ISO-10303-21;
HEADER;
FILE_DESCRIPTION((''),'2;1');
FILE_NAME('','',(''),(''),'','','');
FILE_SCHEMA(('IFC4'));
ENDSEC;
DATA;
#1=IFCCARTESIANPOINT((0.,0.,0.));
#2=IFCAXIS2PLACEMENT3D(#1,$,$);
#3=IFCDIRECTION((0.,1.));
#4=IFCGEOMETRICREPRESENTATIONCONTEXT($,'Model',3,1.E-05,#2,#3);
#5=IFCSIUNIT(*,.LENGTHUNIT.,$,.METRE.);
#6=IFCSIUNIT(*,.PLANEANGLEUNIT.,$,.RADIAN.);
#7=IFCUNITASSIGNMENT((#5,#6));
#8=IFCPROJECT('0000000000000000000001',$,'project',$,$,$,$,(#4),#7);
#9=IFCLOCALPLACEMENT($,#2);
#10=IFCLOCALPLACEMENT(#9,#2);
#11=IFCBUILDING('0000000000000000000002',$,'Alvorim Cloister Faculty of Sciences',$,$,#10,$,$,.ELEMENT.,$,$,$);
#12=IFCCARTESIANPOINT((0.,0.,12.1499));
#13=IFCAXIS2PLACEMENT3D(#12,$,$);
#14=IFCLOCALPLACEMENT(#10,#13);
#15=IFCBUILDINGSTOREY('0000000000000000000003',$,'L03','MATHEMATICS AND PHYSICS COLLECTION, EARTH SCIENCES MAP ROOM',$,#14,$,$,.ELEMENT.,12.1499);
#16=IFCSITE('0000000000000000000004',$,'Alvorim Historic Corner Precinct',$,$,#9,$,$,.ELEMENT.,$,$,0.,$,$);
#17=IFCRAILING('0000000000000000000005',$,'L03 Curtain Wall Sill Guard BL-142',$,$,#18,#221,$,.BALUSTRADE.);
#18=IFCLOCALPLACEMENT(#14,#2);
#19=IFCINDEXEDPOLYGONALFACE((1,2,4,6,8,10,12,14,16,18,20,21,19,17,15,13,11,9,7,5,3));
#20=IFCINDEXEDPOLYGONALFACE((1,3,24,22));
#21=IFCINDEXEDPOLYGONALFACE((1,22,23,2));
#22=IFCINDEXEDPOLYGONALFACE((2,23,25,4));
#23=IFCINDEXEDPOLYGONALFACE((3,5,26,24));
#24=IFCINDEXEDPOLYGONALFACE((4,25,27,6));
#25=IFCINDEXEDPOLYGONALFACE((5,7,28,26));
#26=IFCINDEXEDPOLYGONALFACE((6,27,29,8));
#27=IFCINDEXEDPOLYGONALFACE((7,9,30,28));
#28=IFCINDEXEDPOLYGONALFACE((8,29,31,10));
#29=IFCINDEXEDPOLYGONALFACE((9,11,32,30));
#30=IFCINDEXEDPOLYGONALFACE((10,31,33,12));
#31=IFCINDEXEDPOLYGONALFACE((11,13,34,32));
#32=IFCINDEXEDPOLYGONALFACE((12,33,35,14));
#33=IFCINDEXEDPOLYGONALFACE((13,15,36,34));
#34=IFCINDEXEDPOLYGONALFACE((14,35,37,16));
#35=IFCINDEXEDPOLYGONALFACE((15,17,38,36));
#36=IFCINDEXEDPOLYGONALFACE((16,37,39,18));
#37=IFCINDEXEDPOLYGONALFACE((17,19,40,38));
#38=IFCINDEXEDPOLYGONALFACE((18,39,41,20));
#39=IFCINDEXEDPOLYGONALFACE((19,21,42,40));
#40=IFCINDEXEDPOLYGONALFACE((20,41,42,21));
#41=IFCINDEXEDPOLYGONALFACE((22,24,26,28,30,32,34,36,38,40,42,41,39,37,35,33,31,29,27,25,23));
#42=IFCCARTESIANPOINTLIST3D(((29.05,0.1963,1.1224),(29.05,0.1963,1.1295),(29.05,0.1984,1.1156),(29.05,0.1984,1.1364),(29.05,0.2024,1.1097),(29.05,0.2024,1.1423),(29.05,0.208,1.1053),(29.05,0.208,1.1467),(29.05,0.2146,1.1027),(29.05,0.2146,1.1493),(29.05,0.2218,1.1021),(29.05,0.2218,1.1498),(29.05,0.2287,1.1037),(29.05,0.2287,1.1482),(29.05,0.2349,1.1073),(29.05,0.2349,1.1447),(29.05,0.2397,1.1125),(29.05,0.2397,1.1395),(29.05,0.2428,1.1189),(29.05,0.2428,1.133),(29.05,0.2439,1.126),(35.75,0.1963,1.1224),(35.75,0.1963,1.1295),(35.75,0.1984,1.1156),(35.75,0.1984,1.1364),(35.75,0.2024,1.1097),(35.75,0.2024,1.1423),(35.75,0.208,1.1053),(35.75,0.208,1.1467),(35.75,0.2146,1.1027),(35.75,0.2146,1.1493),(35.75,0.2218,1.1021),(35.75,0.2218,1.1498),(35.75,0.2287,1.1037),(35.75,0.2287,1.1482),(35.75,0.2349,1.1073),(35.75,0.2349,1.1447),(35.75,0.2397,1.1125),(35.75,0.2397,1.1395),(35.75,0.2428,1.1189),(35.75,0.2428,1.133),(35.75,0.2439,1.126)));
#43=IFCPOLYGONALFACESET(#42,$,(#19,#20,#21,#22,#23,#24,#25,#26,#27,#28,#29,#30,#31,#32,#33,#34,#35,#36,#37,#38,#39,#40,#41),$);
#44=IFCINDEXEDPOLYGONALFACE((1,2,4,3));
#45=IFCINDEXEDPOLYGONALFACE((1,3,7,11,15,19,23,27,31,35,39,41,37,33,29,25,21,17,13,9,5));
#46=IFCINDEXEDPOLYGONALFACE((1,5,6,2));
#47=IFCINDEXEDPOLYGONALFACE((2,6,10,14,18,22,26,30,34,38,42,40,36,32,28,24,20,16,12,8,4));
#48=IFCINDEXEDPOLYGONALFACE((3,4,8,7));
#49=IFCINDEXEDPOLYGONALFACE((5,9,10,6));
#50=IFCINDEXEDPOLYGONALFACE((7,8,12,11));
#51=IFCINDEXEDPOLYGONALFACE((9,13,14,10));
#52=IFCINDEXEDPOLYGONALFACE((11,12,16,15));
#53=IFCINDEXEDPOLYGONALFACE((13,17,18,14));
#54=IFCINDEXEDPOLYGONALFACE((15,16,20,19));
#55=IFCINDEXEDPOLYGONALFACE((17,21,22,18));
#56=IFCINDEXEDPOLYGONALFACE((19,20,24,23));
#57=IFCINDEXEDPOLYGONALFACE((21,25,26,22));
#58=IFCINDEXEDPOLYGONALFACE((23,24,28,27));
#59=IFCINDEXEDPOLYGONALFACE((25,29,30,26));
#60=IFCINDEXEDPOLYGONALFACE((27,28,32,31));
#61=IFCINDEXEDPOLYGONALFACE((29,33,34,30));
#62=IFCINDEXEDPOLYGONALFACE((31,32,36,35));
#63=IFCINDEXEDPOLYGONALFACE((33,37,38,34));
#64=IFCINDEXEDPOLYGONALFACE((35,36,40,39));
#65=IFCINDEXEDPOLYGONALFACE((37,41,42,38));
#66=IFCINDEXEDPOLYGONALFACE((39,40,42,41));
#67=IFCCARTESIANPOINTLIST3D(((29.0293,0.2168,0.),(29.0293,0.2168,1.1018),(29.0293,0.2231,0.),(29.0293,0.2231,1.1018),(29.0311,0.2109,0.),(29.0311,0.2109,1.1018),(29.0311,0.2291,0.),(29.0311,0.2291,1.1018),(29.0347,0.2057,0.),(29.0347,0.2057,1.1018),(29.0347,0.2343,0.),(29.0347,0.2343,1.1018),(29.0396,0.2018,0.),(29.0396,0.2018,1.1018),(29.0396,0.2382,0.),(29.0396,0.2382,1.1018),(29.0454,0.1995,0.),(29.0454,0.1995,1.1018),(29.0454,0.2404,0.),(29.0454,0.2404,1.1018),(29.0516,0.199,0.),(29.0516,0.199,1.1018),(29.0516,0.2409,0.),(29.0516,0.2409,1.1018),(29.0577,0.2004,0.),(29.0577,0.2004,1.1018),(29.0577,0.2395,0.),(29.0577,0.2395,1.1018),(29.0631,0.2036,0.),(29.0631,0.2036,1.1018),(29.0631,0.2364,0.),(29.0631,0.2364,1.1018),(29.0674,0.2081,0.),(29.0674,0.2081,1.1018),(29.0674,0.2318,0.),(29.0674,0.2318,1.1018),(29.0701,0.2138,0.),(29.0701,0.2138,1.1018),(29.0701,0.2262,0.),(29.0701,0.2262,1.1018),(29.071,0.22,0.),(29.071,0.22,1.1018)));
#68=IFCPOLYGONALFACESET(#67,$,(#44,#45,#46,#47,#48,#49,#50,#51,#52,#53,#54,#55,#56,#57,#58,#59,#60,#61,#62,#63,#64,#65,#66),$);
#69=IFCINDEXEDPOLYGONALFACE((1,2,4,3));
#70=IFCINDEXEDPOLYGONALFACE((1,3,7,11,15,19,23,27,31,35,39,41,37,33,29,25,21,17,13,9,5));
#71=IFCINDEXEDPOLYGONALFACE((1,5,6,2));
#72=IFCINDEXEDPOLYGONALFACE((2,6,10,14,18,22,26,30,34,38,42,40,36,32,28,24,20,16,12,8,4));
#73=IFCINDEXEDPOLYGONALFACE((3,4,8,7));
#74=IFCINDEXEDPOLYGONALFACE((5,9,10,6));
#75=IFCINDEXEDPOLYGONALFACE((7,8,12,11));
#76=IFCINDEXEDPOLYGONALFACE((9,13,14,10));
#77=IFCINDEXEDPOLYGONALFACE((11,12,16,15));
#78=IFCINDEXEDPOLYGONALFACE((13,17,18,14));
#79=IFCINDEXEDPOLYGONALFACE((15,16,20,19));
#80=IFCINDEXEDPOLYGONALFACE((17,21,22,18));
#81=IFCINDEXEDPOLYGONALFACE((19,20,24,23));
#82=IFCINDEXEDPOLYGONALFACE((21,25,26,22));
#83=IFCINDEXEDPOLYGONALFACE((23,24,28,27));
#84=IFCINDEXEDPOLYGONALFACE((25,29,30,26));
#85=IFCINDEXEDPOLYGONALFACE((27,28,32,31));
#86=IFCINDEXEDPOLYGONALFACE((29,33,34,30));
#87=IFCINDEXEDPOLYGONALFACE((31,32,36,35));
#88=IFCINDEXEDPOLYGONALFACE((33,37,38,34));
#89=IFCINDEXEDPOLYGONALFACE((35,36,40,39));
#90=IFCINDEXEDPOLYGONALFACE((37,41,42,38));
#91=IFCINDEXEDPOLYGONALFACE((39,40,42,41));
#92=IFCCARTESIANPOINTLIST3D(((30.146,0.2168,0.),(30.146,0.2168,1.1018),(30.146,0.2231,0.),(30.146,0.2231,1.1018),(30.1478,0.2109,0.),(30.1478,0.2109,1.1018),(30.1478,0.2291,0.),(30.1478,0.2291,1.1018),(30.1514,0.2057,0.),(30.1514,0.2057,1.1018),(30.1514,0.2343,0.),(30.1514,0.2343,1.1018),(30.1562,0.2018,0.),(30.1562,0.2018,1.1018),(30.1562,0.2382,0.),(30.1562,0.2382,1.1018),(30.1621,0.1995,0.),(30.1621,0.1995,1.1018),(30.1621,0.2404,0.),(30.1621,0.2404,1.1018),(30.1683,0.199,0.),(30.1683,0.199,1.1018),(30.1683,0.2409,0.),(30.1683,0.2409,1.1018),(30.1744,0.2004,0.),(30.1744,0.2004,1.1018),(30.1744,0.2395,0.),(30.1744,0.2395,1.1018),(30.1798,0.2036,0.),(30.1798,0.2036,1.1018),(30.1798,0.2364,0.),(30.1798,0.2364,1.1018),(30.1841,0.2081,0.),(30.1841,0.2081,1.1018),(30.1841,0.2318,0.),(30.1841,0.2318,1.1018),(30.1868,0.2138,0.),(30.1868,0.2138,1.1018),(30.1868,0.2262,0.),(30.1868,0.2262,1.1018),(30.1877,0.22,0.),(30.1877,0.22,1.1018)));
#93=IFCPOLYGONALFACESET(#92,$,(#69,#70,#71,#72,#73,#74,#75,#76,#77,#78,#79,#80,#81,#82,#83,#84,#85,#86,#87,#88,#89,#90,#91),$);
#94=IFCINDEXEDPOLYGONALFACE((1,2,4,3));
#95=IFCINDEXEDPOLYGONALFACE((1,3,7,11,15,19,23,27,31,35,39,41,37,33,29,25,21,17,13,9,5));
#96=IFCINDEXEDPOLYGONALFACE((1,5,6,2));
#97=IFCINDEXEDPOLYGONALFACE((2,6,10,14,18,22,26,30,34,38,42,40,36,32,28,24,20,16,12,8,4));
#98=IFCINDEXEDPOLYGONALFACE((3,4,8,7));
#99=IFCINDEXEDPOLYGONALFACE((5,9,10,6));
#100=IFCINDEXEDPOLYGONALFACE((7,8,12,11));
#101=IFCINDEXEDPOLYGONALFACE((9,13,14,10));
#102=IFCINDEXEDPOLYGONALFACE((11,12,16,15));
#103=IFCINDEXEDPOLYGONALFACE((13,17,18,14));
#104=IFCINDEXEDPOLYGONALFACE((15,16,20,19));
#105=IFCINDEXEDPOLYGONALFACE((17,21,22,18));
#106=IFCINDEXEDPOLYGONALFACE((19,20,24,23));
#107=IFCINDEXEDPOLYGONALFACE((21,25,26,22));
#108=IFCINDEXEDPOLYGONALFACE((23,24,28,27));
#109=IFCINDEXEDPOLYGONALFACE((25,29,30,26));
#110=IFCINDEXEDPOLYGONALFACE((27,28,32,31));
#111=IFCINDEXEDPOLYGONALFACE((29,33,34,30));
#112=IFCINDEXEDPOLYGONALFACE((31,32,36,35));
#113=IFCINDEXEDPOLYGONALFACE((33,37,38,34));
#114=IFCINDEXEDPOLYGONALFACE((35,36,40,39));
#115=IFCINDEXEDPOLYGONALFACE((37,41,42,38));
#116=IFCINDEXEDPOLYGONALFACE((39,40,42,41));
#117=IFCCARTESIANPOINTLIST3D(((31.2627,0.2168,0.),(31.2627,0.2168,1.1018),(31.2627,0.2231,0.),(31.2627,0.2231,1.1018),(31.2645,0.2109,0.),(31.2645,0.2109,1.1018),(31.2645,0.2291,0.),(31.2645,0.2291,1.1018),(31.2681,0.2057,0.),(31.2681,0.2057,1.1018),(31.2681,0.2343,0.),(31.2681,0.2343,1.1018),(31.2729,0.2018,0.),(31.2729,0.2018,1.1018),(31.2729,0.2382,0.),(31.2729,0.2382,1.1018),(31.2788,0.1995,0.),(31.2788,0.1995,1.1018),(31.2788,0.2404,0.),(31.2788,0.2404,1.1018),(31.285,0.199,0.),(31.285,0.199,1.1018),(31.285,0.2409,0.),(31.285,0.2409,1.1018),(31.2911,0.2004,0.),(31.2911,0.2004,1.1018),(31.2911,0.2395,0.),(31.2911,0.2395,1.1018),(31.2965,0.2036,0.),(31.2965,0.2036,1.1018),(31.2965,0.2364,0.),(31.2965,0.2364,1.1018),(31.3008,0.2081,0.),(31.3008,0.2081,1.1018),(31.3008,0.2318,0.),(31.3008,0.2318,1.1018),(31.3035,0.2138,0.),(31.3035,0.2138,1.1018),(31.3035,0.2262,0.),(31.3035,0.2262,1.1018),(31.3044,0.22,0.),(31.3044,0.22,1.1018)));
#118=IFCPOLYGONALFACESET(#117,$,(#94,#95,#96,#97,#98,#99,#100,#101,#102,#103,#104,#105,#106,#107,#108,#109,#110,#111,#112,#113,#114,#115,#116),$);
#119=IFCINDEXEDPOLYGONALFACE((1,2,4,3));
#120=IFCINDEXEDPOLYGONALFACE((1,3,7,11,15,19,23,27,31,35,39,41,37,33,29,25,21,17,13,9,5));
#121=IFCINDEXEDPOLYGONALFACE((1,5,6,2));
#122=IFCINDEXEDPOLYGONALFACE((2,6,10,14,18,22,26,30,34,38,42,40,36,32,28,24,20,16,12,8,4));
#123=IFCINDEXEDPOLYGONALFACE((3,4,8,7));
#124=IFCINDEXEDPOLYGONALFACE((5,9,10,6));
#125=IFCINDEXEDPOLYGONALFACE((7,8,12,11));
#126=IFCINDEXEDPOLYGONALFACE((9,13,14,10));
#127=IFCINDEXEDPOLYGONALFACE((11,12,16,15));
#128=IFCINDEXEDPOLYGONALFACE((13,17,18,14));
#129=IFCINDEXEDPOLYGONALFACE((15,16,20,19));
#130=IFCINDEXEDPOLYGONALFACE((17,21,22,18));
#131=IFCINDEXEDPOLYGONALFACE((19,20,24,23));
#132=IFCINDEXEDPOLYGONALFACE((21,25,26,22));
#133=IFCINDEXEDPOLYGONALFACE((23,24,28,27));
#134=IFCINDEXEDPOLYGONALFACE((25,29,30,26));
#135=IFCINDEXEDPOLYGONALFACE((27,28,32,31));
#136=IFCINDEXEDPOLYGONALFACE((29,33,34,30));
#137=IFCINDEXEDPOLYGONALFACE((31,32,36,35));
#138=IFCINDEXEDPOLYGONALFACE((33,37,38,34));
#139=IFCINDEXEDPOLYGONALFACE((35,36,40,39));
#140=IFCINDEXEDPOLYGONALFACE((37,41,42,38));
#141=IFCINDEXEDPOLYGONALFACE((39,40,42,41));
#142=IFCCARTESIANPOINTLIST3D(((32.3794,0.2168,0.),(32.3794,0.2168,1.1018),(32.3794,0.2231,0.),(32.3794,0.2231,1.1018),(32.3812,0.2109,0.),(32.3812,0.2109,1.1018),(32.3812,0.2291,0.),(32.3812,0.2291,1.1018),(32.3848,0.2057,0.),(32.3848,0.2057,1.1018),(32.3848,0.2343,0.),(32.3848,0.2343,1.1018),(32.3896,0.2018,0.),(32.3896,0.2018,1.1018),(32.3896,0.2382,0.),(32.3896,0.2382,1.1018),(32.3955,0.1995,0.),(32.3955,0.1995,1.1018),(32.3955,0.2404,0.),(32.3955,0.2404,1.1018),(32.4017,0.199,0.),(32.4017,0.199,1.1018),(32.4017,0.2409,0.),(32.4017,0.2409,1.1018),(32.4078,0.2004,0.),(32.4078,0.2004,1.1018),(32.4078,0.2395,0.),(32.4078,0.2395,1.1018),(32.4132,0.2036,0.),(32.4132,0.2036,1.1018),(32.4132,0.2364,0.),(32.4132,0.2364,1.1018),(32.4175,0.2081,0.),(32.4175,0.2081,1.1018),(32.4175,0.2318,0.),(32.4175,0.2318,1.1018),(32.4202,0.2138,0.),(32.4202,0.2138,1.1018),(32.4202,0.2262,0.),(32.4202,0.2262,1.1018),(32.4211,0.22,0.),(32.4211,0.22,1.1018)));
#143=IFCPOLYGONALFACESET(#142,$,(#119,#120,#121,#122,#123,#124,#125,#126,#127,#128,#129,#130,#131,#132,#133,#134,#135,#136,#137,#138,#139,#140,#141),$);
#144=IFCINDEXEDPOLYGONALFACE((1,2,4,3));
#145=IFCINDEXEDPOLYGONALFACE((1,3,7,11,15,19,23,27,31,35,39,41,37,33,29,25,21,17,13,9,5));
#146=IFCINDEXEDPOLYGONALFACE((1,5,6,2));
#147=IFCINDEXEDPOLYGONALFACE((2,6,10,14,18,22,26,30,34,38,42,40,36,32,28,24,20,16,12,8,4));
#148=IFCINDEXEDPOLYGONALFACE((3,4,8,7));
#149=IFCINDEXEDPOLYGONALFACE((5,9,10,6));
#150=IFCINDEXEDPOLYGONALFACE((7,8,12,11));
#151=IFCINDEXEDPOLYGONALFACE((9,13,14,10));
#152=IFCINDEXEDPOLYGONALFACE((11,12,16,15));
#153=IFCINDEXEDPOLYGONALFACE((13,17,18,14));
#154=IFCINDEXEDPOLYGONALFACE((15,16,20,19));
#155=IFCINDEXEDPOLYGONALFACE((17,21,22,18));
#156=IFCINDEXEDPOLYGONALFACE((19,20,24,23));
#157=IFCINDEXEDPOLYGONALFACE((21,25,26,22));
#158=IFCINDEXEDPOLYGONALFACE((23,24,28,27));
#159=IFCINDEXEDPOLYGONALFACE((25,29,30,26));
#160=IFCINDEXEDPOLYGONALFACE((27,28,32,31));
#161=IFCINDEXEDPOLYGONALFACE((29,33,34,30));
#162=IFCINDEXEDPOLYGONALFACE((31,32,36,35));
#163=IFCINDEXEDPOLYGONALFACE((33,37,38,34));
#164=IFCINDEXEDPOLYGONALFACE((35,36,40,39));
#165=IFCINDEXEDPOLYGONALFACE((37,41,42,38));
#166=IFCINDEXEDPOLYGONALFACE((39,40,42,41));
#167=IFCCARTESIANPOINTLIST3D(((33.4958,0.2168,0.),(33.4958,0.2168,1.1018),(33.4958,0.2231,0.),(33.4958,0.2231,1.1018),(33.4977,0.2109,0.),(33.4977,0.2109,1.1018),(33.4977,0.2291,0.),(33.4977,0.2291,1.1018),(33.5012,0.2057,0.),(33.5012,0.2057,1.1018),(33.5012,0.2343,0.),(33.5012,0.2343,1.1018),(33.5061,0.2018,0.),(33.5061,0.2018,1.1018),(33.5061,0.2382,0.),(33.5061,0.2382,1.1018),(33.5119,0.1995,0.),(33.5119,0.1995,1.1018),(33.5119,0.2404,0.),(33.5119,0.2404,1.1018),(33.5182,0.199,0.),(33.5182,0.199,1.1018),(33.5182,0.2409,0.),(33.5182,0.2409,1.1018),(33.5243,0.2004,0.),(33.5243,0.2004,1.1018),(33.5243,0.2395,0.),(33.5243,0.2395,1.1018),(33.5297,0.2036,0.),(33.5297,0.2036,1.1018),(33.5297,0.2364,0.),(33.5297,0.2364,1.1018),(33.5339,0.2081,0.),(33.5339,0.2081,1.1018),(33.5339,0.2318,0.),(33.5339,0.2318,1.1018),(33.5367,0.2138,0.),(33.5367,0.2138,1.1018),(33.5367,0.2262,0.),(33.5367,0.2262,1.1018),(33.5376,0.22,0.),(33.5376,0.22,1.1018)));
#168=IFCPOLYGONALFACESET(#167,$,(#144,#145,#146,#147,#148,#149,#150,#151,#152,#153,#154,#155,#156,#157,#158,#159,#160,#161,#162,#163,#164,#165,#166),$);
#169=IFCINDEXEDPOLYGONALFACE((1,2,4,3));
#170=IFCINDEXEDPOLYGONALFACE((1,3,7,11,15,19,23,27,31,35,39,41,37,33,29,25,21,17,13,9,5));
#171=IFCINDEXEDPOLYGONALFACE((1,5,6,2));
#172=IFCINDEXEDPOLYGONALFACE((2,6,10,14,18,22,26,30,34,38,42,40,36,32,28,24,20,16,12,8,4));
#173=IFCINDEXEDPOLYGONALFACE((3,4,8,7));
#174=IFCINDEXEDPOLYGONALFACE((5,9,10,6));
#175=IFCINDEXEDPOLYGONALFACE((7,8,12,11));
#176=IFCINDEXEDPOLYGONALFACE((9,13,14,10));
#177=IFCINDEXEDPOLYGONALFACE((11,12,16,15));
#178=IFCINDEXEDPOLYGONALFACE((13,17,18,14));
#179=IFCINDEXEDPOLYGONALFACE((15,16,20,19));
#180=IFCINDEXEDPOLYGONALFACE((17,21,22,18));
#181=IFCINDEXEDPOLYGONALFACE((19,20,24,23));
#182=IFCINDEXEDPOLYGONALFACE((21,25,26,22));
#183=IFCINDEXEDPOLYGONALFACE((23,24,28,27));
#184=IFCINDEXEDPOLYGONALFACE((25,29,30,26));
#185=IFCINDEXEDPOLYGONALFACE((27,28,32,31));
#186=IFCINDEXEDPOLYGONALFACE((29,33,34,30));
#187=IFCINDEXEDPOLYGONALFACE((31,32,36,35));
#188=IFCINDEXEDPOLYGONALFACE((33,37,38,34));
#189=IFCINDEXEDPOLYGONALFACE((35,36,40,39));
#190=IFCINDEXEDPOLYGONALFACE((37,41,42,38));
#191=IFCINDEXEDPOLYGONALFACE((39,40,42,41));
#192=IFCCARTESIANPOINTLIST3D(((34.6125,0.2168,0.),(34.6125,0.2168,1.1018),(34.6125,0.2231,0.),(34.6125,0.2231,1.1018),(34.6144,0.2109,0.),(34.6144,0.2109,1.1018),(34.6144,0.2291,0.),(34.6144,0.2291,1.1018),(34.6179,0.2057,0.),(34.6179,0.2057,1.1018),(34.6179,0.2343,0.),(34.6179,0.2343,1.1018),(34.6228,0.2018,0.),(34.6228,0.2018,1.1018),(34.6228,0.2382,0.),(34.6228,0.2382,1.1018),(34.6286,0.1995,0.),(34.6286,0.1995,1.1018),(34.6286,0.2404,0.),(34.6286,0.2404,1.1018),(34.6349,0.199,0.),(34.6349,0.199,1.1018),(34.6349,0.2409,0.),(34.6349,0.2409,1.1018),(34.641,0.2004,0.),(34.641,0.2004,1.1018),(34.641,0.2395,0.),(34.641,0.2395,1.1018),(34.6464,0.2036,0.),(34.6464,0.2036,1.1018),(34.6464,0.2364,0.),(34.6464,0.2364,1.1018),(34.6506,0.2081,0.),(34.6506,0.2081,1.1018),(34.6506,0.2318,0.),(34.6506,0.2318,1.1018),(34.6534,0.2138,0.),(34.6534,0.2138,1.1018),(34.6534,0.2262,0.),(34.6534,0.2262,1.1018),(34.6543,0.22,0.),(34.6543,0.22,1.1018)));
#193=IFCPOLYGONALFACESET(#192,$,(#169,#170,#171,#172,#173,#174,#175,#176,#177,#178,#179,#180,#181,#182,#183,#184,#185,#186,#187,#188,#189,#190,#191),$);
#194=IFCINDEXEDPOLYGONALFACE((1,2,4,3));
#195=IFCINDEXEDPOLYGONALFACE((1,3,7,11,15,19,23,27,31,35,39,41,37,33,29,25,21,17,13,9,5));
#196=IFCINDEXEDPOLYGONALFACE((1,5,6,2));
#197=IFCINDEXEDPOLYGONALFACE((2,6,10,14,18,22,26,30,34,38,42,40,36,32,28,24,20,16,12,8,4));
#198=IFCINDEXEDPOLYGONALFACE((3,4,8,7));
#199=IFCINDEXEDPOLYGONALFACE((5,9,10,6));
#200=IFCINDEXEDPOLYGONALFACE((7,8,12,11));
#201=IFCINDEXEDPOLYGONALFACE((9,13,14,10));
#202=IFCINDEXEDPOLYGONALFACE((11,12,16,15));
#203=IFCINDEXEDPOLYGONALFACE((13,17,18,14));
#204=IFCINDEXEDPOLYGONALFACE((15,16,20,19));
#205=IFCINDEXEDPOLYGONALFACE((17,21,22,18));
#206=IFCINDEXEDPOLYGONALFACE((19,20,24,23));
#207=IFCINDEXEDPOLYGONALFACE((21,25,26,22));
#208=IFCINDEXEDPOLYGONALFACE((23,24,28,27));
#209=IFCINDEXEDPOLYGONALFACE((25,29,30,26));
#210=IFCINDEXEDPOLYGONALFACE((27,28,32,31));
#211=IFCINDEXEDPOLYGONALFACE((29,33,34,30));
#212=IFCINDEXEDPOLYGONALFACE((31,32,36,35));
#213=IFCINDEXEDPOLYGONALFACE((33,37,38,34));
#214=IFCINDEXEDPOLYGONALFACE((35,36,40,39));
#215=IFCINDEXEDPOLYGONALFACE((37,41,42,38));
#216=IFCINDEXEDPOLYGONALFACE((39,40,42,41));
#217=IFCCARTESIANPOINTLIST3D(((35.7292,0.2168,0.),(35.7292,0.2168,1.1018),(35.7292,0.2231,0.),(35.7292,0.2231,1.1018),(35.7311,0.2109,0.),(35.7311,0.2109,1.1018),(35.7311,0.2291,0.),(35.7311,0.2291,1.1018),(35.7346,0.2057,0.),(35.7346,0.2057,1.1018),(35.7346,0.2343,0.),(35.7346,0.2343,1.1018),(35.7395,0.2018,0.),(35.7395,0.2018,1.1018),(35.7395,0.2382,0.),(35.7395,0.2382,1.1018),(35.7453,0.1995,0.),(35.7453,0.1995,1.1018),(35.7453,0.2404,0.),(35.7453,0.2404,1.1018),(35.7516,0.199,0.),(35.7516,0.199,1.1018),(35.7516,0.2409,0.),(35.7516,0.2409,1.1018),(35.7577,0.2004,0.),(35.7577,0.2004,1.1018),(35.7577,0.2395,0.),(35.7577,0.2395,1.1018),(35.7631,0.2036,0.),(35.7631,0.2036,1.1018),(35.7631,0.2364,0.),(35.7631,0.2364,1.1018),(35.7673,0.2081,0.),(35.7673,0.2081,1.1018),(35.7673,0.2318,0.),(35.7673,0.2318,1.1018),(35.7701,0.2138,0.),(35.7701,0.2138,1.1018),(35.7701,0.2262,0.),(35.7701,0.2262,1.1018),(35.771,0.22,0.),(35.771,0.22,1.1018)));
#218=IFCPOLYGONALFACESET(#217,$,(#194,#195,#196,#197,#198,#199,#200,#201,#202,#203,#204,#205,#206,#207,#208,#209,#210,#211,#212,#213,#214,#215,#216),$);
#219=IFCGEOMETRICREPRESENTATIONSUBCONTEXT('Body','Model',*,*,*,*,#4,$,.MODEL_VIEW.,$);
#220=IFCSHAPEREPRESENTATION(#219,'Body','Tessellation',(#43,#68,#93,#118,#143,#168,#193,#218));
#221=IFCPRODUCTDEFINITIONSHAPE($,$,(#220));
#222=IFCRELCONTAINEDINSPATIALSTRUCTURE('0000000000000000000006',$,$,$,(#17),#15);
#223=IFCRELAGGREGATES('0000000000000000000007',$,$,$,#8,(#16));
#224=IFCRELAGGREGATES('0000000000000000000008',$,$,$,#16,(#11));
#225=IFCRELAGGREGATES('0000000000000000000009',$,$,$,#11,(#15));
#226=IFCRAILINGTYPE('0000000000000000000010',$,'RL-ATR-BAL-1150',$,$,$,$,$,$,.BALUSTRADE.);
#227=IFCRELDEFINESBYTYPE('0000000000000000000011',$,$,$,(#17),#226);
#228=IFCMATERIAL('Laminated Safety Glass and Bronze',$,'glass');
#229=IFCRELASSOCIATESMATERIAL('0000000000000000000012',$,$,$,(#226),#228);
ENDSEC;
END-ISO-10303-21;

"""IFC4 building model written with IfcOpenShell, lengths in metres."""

from ifc_helpers import new_model, si_unit, direction, frame, origin, origin_2d, place, context, subcontext, project, spatial, circle, extrude, material, type_object, element, save


model = new_model("IFC4")

# Units and contexts
model_context = context("Model", 3, precision=1e-05, world=origin(), true_north=direction((0.0, 1.0)))
body_context = subcontext(model_context, "Body", "Model", "MODEL_VIEW")
ifc_project = project(units=[si_unit("LENGTHUNIT", "METRE"), si_unit("PLANEANGLEUNIT", "RADIAN")], contexts=[model_context])

# Site, building, storey
site_placement = place(None, origin())
site = spatial("IfcSite", under=ifc_project, at=site_placement, Name="Alvorim Historic Corner Precinct", CompositionType="ELEMENT", RefElevation=0.0)
building_placement = place(site_placement, origin())
building = spatial("IfcBuilding", under=site, at=building_placement, Name="Alvorim Cloister Faculty of Sciences", CompositionType="ELEMENT")
storey_placement = place(building_placement, frame((0.0, 0.0, 12.1499)))
storey = spatial("IfcBuildingStorey", under=building, at=storey_placement, Name="L03", Description="MATHEMATICS AND PHYSICS COLLECTION, EARTH SCIENCES MAP ROOM", CompositionType="ELEMENT", Elevation=12.1499)

# Railing
ifc_material_1 = material(Name="Laminated Safety Glass and Bronze", Category="glass")
railing_type = type_object("IfcRailingType", Name="RL-ATR-BAL-1150", PredefinedType="BALUSTRADE", material=ifc_material_1)
railing_placement = place(storey_placement, frame((29.05, 0.22, 0.0)))
element("IfcRailing", 1, at=railing_placement, inside=storey, type_object=railing_type, Name="L03 Curtain Wall Sill Guard BL-142", PredefinedType="BALUSTRADE", context=body_context, shape_type="SweptSolid", body=[
    extrude(circle(Radius=0.0239, at=origin_2d()), frame((0.0, 0.0, 1.126), z_axis=(1.0, 0.0, 0.0), x_axis=(0.0, 1.0, 0.0)), (0.0, 0.0, 1.0), 6.7),
    extrude(circle(Radius=0.021, at=origin_2d()), origin(), (0.0, 0.0, 1.0), 1.1018),
    extrude(circle(Radius=0.021, at=origin_2d()), frame((1.1167, 0.0, 0.0)), (0.0, 0.0, 1.0), 1.1018),
    extrude(circle(Radius=0.021, at=origin_2d()), frame((2.2334, 0.0, 0.0)), (0.0, 0.0, 1.0), 1.1018),
    extrude(circle(Radius=0.021, at=origin_2d()), frame((3.3501, 0.0, 0.0)), (0.0, 0.0, 1.0), 1.1018),
    extrude(circle(Radius=0.021, at=origin_2d()), frame((4.4666, 0.0, 0.0)), (0.0, 0.0, 1.0), 1.1018),
    extrude(circle(Radius=0.021, at=origin_2d()), frame((5.5833, 0.0, 0.0)), (0.0, 0.0, 1.0), 1.1018),
    extrude(circle(Radius=0.021, at=origin_2d()), frame((6.7, 0.0, 0.0)), (0.0, 0.0, 1.0), 1.1018),
])

save(model, "model.ifc")
